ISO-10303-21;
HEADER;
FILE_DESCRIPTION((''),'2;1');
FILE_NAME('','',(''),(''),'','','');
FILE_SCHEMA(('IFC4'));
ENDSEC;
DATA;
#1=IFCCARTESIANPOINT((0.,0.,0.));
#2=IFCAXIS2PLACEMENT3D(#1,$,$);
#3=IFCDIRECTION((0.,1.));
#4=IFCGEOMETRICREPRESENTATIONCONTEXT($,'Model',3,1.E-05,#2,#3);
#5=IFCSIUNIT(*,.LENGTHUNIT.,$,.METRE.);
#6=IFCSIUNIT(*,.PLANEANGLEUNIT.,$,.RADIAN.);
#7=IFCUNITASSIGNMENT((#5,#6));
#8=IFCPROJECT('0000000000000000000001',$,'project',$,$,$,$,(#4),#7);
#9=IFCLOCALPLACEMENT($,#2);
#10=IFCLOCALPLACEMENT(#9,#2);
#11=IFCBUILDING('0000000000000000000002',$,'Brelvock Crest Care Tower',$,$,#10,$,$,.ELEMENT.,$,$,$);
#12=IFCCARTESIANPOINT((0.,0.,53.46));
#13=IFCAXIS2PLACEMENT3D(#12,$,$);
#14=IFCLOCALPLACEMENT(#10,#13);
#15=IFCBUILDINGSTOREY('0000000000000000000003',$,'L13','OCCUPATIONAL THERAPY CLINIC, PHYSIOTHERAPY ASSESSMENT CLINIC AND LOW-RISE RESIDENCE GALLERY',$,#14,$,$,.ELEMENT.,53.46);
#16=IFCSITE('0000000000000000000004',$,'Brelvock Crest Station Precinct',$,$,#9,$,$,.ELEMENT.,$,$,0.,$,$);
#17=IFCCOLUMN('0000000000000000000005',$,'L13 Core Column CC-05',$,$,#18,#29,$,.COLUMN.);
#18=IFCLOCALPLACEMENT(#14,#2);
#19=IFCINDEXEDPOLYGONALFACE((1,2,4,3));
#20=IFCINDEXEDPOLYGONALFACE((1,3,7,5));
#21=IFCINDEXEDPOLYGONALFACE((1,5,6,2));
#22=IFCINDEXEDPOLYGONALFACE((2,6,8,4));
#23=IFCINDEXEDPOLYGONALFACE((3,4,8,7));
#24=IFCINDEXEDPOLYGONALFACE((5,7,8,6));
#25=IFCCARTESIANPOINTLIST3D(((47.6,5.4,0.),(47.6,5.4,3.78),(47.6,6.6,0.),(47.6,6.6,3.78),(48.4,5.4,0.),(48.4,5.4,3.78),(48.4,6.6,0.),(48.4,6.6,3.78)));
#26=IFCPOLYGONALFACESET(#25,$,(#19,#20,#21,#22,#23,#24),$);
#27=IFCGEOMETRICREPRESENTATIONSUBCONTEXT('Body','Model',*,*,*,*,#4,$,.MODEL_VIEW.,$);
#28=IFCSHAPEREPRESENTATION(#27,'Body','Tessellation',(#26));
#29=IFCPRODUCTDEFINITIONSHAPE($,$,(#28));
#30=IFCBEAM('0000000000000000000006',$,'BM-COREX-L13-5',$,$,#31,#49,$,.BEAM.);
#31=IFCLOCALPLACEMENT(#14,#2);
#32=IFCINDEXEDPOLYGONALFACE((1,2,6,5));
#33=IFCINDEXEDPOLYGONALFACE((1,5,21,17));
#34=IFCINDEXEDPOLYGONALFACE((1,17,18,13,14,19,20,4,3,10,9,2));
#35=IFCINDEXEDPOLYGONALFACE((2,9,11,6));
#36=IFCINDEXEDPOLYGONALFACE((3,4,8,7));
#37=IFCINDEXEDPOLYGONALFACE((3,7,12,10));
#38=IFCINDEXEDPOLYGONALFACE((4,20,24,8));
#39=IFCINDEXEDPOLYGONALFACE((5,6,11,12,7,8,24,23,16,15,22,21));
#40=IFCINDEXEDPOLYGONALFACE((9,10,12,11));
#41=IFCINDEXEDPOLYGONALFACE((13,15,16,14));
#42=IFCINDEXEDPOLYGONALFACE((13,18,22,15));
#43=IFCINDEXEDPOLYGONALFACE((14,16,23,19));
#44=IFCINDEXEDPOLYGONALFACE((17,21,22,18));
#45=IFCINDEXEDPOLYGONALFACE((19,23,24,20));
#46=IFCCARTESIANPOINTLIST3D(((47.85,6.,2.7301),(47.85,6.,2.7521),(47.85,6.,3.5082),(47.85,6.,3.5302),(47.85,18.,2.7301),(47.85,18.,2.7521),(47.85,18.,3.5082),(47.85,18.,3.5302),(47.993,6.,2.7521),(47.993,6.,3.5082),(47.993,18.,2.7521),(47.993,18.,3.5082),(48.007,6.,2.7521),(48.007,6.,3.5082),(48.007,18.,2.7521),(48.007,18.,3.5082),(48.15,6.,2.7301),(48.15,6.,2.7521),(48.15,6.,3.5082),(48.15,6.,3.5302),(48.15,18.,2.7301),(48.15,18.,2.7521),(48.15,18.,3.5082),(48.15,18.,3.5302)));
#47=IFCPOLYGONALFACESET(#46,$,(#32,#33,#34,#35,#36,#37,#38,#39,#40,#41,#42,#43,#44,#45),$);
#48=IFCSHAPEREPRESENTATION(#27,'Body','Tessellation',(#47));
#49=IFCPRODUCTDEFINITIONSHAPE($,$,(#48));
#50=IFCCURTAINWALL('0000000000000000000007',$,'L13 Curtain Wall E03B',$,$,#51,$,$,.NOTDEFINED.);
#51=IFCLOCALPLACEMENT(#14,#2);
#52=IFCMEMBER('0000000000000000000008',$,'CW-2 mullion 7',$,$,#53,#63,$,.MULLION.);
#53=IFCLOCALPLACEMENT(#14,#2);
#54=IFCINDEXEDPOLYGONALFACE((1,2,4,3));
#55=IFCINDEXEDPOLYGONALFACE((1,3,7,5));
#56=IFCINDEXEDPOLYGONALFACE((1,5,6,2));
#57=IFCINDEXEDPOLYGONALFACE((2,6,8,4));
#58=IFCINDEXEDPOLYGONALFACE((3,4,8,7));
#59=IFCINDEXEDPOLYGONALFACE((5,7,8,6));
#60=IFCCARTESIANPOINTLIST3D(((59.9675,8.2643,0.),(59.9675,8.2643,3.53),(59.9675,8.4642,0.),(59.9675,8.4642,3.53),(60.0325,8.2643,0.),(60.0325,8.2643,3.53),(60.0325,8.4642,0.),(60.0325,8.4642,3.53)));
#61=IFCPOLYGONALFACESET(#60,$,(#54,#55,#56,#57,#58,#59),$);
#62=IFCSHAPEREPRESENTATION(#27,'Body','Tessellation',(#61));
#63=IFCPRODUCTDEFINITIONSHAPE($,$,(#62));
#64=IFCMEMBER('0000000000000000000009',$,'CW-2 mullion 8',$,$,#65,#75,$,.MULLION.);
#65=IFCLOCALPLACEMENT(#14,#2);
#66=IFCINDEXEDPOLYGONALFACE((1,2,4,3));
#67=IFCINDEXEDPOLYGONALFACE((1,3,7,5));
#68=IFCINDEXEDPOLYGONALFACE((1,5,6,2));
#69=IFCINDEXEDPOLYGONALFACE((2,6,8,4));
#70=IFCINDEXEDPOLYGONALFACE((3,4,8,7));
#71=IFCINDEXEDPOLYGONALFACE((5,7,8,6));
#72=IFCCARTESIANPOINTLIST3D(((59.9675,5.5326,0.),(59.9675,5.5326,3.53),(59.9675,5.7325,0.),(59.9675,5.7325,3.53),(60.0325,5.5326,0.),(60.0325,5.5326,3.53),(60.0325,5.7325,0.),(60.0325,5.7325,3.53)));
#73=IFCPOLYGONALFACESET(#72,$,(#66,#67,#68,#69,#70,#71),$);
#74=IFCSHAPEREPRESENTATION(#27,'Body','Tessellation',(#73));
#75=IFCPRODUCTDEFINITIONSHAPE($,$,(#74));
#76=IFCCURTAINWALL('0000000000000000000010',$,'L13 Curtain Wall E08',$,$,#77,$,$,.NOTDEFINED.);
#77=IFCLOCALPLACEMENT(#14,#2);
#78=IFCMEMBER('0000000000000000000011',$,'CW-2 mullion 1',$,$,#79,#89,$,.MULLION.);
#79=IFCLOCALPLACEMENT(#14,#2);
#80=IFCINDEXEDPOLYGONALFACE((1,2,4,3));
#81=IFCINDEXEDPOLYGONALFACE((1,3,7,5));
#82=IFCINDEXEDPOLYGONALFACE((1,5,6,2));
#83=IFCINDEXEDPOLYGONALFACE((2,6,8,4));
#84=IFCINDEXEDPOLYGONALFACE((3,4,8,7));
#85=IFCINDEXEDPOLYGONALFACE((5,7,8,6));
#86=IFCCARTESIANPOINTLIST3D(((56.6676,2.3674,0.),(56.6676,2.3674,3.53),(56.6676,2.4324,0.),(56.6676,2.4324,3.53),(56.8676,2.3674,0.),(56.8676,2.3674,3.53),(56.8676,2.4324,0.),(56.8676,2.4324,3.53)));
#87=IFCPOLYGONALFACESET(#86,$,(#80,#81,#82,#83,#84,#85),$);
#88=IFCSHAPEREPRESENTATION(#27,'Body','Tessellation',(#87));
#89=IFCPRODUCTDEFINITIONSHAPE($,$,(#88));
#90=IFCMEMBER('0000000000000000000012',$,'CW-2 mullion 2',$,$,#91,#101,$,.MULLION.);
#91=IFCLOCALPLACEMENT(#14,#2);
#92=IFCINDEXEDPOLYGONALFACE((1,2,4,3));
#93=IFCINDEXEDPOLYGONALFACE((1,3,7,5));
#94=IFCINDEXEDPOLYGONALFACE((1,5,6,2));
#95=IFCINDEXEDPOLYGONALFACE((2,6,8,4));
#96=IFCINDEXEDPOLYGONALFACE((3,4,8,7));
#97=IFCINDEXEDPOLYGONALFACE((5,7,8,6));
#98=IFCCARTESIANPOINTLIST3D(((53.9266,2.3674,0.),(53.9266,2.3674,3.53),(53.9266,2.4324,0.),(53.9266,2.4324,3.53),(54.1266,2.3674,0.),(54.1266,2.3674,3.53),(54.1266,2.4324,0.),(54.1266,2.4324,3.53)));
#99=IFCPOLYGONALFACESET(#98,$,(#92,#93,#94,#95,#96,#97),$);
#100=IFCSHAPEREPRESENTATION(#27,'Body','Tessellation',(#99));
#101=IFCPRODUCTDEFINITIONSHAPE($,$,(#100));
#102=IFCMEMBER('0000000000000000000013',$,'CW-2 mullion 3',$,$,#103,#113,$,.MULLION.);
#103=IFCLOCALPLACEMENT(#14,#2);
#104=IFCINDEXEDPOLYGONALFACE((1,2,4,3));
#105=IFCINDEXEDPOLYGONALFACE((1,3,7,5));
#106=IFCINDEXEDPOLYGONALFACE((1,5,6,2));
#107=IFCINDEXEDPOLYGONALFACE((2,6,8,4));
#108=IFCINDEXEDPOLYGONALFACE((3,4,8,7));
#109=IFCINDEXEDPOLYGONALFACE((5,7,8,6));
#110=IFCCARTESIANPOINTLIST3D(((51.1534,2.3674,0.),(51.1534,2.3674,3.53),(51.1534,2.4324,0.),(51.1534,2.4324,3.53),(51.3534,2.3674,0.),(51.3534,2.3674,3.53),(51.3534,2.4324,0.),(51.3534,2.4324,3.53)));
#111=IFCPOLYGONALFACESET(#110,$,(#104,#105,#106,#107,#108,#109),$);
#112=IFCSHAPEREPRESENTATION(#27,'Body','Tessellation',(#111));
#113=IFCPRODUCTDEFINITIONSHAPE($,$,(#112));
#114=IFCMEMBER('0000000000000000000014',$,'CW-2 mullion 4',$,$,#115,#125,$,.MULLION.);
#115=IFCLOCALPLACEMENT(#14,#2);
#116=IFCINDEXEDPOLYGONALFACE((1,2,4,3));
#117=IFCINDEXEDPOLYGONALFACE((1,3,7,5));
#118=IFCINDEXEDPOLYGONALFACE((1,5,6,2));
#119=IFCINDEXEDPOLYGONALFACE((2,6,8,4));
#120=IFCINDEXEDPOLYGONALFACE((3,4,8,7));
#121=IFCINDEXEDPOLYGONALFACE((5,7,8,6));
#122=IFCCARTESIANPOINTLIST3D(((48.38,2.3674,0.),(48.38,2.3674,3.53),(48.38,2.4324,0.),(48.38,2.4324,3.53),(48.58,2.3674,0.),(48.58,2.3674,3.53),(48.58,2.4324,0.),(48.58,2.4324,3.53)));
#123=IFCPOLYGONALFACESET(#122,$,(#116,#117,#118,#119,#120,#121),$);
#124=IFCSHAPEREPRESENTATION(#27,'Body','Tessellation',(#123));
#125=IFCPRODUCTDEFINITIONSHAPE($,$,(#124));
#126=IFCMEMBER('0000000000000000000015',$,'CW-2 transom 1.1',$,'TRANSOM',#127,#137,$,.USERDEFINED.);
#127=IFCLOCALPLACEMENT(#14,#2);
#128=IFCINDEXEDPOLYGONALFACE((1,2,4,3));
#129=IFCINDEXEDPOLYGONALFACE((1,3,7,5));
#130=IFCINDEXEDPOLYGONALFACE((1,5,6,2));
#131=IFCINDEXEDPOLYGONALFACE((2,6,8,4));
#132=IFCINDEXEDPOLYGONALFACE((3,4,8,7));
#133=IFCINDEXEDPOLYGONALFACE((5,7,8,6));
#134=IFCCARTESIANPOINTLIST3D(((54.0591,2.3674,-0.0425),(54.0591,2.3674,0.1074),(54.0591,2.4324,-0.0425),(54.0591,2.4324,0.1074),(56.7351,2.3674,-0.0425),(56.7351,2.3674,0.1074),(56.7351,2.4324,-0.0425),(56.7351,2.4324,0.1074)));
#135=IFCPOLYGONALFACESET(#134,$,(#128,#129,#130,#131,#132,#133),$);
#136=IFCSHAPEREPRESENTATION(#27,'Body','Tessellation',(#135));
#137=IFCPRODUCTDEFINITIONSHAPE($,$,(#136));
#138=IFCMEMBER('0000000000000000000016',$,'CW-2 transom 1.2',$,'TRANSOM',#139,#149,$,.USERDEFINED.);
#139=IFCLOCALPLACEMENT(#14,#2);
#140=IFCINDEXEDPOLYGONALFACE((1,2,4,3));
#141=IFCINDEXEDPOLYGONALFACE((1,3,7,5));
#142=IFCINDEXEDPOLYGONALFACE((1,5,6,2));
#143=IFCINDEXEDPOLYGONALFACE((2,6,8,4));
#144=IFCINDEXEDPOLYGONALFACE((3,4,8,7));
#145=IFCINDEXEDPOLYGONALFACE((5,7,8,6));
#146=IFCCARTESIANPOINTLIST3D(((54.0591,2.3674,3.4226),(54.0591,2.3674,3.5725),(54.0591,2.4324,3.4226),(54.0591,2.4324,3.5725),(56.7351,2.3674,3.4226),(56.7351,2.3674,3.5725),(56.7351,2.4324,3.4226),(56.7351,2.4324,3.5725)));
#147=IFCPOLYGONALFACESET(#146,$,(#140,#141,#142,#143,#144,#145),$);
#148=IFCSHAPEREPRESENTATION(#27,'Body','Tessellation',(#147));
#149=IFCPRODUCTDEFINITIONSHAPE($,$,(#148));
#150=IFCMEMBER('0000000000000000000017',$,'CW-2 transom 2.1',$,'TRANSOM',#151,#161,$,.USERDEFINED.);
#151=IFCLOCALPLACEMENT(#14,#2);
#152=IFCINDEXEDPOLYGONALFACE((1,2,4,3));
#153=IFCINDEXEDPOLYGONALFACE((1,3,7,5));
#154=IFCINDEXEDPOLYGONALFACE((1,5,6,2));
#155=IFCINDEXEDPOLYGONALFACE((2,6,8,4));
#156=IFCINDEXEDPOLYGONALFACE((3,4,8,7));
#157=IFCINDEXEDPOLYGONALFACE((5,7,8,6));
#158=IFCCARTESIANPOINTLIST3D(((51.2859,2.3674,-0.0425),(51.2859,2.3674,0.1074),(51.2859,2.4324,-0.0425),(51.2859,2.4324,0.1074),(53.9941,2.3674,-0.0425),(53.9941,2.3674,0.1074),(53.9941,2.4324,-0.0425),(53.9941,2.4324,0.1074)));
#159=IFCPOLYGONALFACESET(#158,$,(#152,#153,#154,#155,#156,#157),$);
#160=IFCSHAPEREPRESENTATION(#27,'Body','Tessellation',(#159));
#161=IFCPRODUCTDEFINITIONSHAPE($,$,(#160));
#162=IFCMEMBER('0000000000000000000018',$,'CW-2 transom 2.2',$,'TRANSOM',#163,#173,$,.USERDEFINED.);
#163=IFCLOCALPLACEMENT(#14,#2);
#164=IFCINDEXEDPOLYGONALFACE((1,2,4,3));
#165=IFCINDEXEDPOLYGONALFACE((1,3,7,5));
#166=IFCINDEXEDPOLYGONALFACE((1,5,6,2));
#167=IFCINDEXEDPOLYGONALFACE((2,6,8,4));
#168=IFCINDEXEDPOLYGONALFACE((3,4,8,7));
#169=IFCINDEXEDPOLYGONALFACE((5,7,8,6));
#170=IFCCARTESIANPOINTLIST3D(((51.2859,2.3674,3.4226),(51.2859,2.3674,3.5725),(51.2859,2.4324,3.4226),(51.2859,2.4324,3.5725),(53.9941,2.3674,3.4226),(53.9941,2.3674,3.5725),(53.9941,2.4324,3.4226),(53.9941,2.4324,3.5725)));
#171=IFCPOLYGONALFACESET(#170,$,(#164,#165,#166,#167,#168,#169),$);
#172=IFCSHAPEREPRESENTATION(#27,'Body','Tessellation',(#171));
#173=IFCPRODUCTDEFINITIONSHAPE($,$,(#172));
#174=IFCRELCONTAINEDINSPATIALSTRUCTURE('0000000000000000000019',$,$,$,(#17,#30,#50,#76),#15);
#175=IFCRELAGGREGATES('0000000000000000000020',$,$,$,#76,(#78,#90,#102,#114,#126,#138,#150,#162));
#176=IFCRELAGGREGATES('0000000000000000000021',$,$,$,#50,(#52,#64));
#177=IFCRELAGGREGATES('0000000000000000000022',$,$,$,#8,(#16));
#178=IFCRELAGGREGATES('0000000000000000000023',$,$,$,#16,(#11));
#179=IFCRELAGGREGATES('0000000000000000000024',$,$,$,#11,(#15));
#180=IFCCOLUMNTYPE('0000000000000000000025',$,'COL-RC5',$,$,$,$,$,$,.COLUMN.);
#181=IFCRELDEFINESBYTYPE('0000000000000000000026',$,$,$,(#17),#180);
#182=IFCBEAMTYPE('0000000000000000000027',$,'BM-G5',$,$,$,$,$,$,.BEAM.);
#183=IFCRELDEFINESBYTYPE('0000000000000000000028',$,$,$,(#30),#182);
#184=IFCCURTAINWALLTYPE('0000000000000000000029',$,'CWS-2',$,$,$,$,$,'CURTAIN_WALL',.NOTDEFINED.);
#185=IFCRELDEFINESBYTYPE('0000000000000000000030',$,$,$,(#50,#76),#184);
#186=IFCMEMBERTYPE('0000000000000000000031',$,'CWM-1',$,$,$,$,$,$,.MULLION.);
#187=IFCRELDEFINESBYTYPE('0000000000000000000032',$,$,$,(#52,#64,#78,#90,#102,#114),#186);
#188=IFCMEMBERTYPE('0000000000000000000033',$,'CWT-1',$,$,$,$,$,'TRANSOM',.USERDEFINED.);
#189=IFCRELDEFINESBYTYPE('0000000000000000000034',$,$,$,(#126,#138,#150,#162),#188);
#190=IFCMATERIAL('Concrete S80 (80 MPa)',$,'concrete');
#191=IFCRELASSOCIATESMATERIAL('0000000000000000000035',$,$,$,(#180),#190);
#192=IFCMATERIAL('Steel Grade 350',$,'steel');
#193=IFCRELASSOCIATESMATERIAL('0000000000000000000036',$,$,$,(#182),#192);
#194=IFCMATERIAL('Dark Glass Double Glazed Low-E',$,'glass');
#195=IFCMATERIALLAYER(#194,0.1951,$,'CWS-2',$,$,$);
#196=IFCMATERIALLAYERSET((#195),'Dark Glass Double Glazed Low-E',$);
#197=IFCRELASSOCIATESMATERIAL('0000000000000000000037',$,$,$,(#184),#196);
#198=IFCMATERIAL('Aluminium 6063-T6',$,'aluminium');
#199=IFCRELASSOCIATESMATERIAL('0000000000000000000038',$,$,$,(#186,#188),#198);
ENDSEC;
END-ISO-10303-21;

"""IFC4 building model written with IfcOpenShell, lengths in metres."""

from ifc_helpers import new_model, si_unit, direction, frame, origin, origin_2d, place, context, subcontext, project, spatial, rectangle, i_section, extrude, source, transform, mapped, material, layer, layer_set, material_profile, profile_set, type_object, element, aggregate, save


model = new_model("IFC4")

# Units and contexts
model_context = context("Model", 3, precision=1e-05, world=origin(), true_north=direction((0.0, 1.0)))
body_context = subcontext(model_context, "Body", "Model", "MODEL_VIEW")
ifc_project = project(units=[si_unit("LENGTHUNIT", "METRE"), si_unit("PLANEANGLEUNIT", "RADIAN")], contexts=[model_context])

# Site, building, storey
site_placement = place(None, origin())
site = spatial("IfcSite", under=ifc_project, at=site_placement, Name="Brelvock Crest Station Precinct", CompositionType="ELEMENT", RefElevation=0.0)
building_placement = place(site_placement, origin())
building = spatial("IfcBuilding", under=site, at=building_placement, Name="Brelvock Crest Care Tower", CompositionType="ELEMENT")
storey_placement = place(building_placement, frame((0.0, 0.0, 53.46)))
storey = spatial("IfcBuildingStorey", under=building, at=storey_placement, Name="L13", Description="OCCUPATIONAL THERAPY CLINIC, PHYSIOTHERAPY ASSESSMENT CLINIC AND LOW-RISE RESIDENCE GALLERY", CompositionType="ELEMENT", Elevation=53.46)

# Column
ifc_material_1 = material(Name="Concrete S80 (80 MPa)", Category="concrete")
ifc_material_profile_1 = material_profile(ifc_material_1, rectangle(XDim=0.8, YDim=1.2, at=origin_2d()), Name="RC800x1200")
ifc_profile_set_1 = profile_set([ifc_material_profile_1], Name="Concrete S80 (80 MPa)")
column_type = type_object("IfcColumnType", Name="COL-RC5", PredefinedType="COLUMN", material=ifc_profile_set_1)
shared_shape_1 = source(origin(), body_context, "Body", "SweptSolid", [
    extrude(rectangle(XDim=0.8, YDim=1.2, at=origin_2d()), origin(), (0.0, 0.0, 1.0), 3.78),
])
column_placement = place(storey_placement, frame((48.0, 6.0, 0.0), z_axis=(0.0, 0.0, 1.0), x_axis=(1.0, 0.0, 0.0)))
element("IfcColumn", 1, at=column_placement, inside=storey, type_object=column_type, Name="L13 Core Column CC-05", PredefinedType="COLUMN", context=body_context, shape_type="MappedRepresentation", body=[
    mapped(shared_shape_1, transform((0.0, 0.0, 0.0), x_axis=(1.0, 0.0, 0.0), y_axis=(0.0, 1.0, 0.0), z_axis=(0.0, 0.0, 1.0), scale=1.0)),
])

# Beam
ifc_material_2 = material(Name="Steel Grade 350", Category="steel")
ifc_material_profile_2 = material_profile(ifc_material_2, i_section(OverallWidth=0.3, OverallDepth=0.8, WebThickness=0.0139, FlangeThickness=0.022, at=origin_2d()), Name="800WB192")
ifc_profile_set_2 = profile_set([ifc_material_profile_2], Name="Steel Grade 350")
beam_type = type_object("IfcBeamType", Name="BM-G5", PredefinedType="BEAM", material=ifc_profile_set_2)
shared_shape_2 = source(origin(), body_context, "Body", "SweptSolid", [
    extrude(i_section(OverallWidth=0.3, OverallDepth=0.8, WebThickness=0.0139, FlangeThickness=0.022, at=origin_2d()), origin(), (0.0, 0.0, 1.0), 12.0),
])
beam_placement = place(storey_placement, frame((48.0, 6.0, 3.1301), z_axis=(0.0, 1.0, 0.0), x_axis=(-1.0, 0.0, 0.0)))
element("IfcBeam", 2, at=beam_placement, inside=storey, type_object=beam_type, Name="BM-COREX-L13-5", PredefinedType="BEAM", context=body_context, shape_type="MappedRepresentation", body=[
    mapped(shared_shape_2, transform((0.0, 0.0, 0.0), x_axis=(1.0, 0.0, 0.0), y_axis=(0.0, 1.0, 0.0), z_axis=(0.0, 0.0, 1.0), scale=1.0)),
])

# Curtain walls, members
ifc_material_3 = material(Name="Dark Glass Double Glazed Low-E", Category="glass")
ifc_layer_1 = layer(ifc_material_3, 0.1951, Name="CWS-2")
ifc_layer_set_1 = layer_set([ifc_layer_1], Name="Dark Glass Double Glazed Low-E")
curtain_wall_type = type_object("IfcCurtainWallType", Name="CWS-2", ElementType="CURTAIN_WALL", PredefinedType="NOTDEFINED", material=ifc_layer_set_1)
curtain_wall_1_placement = place(storey_placement, origin())
curtain_wall_1 = element("IfcCurtainWall", 3, at=curtain_wall_1_placement, inside=storey, type_object=curtain_wall_type, Name="L13 Curtain Wall E03B", PredefinedType="NOTDEFINED")
ifc_material_4 = material(Name="Aluminium 6063-T6", Category="aluminium")
ifc_material_profile_3 = material_profile(ifc_material_4, rectangle(XDim=0.0649, YDim=0.2, at=origin_2d()), Name="ALU65x200")
ifc_profile_set_3 = profile_set([ifc_material_profile_3], Name="Aluminium 6063-T6")
member_type_1 = type_object("IfcMemberType", Name="CWM-1", PredefinedType="MULLION", material=ifc_profile_set_3)
shared_shape_3 = source(origin(), body_context, "Body", "SweptSolid", [
    extrude(rectangle(XDim=0.0649, YDim=0.2, at=origin_2d()), origin(), (0.0, 0.0, 1.0), 3.53),
])
member_1_placement = place(storey_placement, frame((60.0, 8.3643, 0.0), z_axis=(0.0, 0.0, 1.0), x_axis=(1.0, 0.0, 0.0)))
member_1 = element("IfcMember", 4, at=member_1_placement, type_object=member_type_1, Name="CW-2 mullion 7", PredefinedType="MULLION", context=body_context, shape_type="MappedRepresentation", body=[
    mapped(shared_shape_3, transform((0.0, 0.0, 0.0), x_axis=(1.0, 0.0, 0.0), y_axis=(0.0, 1.0, 0.0), z_axis=(0.0, 0.0, 1.0), scale=1.0)),
])
member_2_placement = place(storey_placement, frame((60.0, 5.6326, 0.0), z_axis=(0.0, 0.0, 1.0), x_axis=(1.0, 0.0, 0.0)))
member_2 = element("IfcMember", 5, at=member_2_placement, type_object=member_type_1, Name="CW-2 mullion 8", PredefinedType="MULLION", context=body_context, shape_type="MappedRepresentation", body=[
    mapped(shared_shape_3, transform((0.0, 0.0, 0.0), x_axis=(1.0, 0.0, 0.0), y_axis=(0.0, 1.0, 0.0), z_axis=(0.0, 0.0, 1.0), scale=1.0)),
])
curtain_wall_2_placement = place(storey_placement, origin())
curtain_wall_2 = element("IfcCurtainWall", 6, at=curtain_wall_2_placement, inside=storey, type_object=curtain_wall_type, Name="L13 Curtain Wall E08", PredefinedType="NOTDEFINED")
member_3_placement = place(storey_placement, frame((56.7676, 2.3999, 0.0), z_axis=(0.0, 0.0, 1.0), x_axis=(0.0, -1.0, 0.0)))
member_3 = element("IfcMember", 7, at=member_3_placement, type_object=member_type_1, Name="CW-2 mullion 1", PredefinedType="MULLION", context=body_context, shape_type="MappedRepresentation", body=[
    mapped(shared_shape_3, transform((0.0, 0.0, 0.0), x_axis=(1.0, 0.0, 0.0), y_axis=(0.0, 1.0, 0.0), z_axis=(0.0, 0.0, 1.0), scale=1.0)),
])
member_4_placement = place(storey_placement, frame((54.0266, 2.3999, 0.0), z_axis=(0.0, 0.0, 1.0), x_axis=(0.0, -1.0, 0.0)))
member_4 = element("IfcMember", 8, at=member_4_placement, type_object=member_type_1, Name="CW-2 mullion 2", PredefinedType="MULLION", context=body_context, shape_type="MappedRepresentation", body=[
    mapped(shared_shape_3, transform((0.0, 0.0, 0.0), x_axis=(1.0, 0.0, 0.0), y_axis=(0.0, 1.0, 0.0), z_axis=(0.0, 0.0, 1.0), scale=1.0)),
])
member_5_placement = place(storey_placement, frame((51.2534, 2.3999, 0.0), z_axis=(0.0, 0.0, 1.0), x_axis=(0.0, -1.0, 0.0)))
member_5 = element("IfcMember", 9, at=member_5_placement, type_object=member_type_1, Name="CW-2 mullion 3", PredefinedType="MULLION", context=body_context, shape_type="MappedRepresentation", body=[
    mapped(shared_shape_3, transform((0.0, 0.0, 0.0), x_axis=(1.0, 0.0, 0.0), y_axis=(0.0, 1.0, 0.0), z_axis=(0.0, 0.0, 1.0), scale=1.0)),
])
member_6_placement = place(storey_placement, frame((48.48, 2.3999, 0.0), z_axis=(0.0, 0.0, 1.0), x_axis=(0.0, -1.0, 0.0)))
member_6 = element("IfcMember", 10, at=member_6_placement, type_object=member_type_1, Name="CW-2 mullion 4", PredefinedType="MULLION", context=body_context, shape_type="MappedRepresentation", body=[
    mapped(shared_shape_3, transform((0.0, 0.0, 0.0), x_axis=(1.0, 0.0, 0.0), y_axis=(0.0, 1.0, 0.0), z_axis=(0.0, 0.0, 1.0), scale=1.0)),
])
ifc_material_profile_4 = material_profile(ifc_material_4, rectangle(XDim=0.0649, YDim=0.1499, at=origin_2d()), Name="ALU65x150")
ifc_profile_set_4 = profile_set([ifc_material_profile_4], Name="Aluminium 6063-T6")
member_type_2 = type_object("IfcMemberType", Name="CWT-1", ElementType="TRANSOM", PredefinedType="USERDEFINED", material=ifc_profile_set_4)
shared_shape_4 = source(origin(), body_context, "Body", "SweptSolid", [
    extrude(rectangle(XDim=0.0649, YDim=0.1499, at=origin_2d()), origin(), (0.0, 0.0, 1.0), 2.676),
])
member_7_placement = place(storey_placement, frame((56.7351, 2.3999, 0.0325), z_axis=(-1.0, 0.0, 0.0), x_axis=(0.0, -1.0, 0.0)))
member_7 = element("IfcMember", 11, at=member_7_placement, type_object=member_type_2, Name="CW-2 transom 1.1", ObjectType="TRANSOM", PredefinedType="USERDEFINED", context=body_context, shape_type="MappedRepresentation", body=[
    mapped(shared_shape_4, transform((0.0, 0.0, 0.0), x_axis=(1.0, 0.0, 0.0), y_axis=(0.0, 1.0, 0.0), z_axis=(0.0, 0.0, 1.0), scale=1.0)),
])
member_8_placement = place(storey_placement, frame((56.7351, 2.3999, 3.4976), z_axis=(-1.0, 0.0, 0.0), x_axis=(0.0, -1.0, 0.0)))
member_8 = element("IfcMember", 12, at=member_8_placement, type_object=member_type_2, Name="CW-2 transom 1.2", ObjectType="TRANSOM", PredefinedType="USERDEFINED", context=body_context, shape_type="MappedRepresentation", body=[
    mapped(shared_shape_4, transform((0.0, 0.0, 0.0), x_axis=(1.0, 0.0, 0.0), y_axis=(0.0, 1.0, 0.0), z_axis=(0.0, 0.0, 1.0), scale=1.0)),
])
shared_shape_5 = source(origin(), body_context, "Body", "SweptSolid", [
    extrude(rectangle(XDim=0.0649, YDim=0.1499, at=origin_2d()), origin(), (0.0, 0.0, 1.0), 2.7083),
])
member_9_placement = place(storey_placement, frame((53.9941, 2.3999, 0.0325), z_axis=(-1.0, 0.0, 0.0), x_axis=(0.0, -1.0, 0.0)))
member_9 = element("IfcMember", 13, at=member_9_placement, type_object=member_type_2, Name="CW-2 transom 2.1", ObjectType="TRANSOM", PredefinedType="USERDEFINED", context=body_context, shape_type="MappedRepresentation", body=[
    mapped(shared_shape_5, transform((0.0, 0.0, 0.0), x_axis=(1.0, 0.0, 0.0), y_axis=(0.0, 1.0, 0.0), z_axis=(0.0, 0.0, 1.0), scale=1.0)),
])
member_10_placement = place(storey_placement, frame((53.9941, 2.3999, 3.4976), z_axis=(-1.0, 0.0, 0.0), x_axis=(0.0, -1.0, 0.0)))
member_10 = element("IfcMember", 14, at=member_10_placement, type_object=member_type_2, Name="CW-2 transom 2.2", ObjectType="TRANSOM", PredefinedType="USERDEFINED", context=body_context, shape_type="MappedRepresentation", body=[
    mapped(shared_shape_5, transform((0.0, 0.0, 0.0), x_axis=(1.0, 0.0, 0.0), y_axis=(0.0, 1.0, 0.0), z_axis=(0.0, 0.0, 1.0), scale=1.0)),
])

aggregate(curtain_wall_2, [member_3, member_4, member_5, member_6, member_7, member_8, member_9, member_10])
aggregate(curtain_wall_1, [member_1, member_2])

save(model, "model.ifc")
